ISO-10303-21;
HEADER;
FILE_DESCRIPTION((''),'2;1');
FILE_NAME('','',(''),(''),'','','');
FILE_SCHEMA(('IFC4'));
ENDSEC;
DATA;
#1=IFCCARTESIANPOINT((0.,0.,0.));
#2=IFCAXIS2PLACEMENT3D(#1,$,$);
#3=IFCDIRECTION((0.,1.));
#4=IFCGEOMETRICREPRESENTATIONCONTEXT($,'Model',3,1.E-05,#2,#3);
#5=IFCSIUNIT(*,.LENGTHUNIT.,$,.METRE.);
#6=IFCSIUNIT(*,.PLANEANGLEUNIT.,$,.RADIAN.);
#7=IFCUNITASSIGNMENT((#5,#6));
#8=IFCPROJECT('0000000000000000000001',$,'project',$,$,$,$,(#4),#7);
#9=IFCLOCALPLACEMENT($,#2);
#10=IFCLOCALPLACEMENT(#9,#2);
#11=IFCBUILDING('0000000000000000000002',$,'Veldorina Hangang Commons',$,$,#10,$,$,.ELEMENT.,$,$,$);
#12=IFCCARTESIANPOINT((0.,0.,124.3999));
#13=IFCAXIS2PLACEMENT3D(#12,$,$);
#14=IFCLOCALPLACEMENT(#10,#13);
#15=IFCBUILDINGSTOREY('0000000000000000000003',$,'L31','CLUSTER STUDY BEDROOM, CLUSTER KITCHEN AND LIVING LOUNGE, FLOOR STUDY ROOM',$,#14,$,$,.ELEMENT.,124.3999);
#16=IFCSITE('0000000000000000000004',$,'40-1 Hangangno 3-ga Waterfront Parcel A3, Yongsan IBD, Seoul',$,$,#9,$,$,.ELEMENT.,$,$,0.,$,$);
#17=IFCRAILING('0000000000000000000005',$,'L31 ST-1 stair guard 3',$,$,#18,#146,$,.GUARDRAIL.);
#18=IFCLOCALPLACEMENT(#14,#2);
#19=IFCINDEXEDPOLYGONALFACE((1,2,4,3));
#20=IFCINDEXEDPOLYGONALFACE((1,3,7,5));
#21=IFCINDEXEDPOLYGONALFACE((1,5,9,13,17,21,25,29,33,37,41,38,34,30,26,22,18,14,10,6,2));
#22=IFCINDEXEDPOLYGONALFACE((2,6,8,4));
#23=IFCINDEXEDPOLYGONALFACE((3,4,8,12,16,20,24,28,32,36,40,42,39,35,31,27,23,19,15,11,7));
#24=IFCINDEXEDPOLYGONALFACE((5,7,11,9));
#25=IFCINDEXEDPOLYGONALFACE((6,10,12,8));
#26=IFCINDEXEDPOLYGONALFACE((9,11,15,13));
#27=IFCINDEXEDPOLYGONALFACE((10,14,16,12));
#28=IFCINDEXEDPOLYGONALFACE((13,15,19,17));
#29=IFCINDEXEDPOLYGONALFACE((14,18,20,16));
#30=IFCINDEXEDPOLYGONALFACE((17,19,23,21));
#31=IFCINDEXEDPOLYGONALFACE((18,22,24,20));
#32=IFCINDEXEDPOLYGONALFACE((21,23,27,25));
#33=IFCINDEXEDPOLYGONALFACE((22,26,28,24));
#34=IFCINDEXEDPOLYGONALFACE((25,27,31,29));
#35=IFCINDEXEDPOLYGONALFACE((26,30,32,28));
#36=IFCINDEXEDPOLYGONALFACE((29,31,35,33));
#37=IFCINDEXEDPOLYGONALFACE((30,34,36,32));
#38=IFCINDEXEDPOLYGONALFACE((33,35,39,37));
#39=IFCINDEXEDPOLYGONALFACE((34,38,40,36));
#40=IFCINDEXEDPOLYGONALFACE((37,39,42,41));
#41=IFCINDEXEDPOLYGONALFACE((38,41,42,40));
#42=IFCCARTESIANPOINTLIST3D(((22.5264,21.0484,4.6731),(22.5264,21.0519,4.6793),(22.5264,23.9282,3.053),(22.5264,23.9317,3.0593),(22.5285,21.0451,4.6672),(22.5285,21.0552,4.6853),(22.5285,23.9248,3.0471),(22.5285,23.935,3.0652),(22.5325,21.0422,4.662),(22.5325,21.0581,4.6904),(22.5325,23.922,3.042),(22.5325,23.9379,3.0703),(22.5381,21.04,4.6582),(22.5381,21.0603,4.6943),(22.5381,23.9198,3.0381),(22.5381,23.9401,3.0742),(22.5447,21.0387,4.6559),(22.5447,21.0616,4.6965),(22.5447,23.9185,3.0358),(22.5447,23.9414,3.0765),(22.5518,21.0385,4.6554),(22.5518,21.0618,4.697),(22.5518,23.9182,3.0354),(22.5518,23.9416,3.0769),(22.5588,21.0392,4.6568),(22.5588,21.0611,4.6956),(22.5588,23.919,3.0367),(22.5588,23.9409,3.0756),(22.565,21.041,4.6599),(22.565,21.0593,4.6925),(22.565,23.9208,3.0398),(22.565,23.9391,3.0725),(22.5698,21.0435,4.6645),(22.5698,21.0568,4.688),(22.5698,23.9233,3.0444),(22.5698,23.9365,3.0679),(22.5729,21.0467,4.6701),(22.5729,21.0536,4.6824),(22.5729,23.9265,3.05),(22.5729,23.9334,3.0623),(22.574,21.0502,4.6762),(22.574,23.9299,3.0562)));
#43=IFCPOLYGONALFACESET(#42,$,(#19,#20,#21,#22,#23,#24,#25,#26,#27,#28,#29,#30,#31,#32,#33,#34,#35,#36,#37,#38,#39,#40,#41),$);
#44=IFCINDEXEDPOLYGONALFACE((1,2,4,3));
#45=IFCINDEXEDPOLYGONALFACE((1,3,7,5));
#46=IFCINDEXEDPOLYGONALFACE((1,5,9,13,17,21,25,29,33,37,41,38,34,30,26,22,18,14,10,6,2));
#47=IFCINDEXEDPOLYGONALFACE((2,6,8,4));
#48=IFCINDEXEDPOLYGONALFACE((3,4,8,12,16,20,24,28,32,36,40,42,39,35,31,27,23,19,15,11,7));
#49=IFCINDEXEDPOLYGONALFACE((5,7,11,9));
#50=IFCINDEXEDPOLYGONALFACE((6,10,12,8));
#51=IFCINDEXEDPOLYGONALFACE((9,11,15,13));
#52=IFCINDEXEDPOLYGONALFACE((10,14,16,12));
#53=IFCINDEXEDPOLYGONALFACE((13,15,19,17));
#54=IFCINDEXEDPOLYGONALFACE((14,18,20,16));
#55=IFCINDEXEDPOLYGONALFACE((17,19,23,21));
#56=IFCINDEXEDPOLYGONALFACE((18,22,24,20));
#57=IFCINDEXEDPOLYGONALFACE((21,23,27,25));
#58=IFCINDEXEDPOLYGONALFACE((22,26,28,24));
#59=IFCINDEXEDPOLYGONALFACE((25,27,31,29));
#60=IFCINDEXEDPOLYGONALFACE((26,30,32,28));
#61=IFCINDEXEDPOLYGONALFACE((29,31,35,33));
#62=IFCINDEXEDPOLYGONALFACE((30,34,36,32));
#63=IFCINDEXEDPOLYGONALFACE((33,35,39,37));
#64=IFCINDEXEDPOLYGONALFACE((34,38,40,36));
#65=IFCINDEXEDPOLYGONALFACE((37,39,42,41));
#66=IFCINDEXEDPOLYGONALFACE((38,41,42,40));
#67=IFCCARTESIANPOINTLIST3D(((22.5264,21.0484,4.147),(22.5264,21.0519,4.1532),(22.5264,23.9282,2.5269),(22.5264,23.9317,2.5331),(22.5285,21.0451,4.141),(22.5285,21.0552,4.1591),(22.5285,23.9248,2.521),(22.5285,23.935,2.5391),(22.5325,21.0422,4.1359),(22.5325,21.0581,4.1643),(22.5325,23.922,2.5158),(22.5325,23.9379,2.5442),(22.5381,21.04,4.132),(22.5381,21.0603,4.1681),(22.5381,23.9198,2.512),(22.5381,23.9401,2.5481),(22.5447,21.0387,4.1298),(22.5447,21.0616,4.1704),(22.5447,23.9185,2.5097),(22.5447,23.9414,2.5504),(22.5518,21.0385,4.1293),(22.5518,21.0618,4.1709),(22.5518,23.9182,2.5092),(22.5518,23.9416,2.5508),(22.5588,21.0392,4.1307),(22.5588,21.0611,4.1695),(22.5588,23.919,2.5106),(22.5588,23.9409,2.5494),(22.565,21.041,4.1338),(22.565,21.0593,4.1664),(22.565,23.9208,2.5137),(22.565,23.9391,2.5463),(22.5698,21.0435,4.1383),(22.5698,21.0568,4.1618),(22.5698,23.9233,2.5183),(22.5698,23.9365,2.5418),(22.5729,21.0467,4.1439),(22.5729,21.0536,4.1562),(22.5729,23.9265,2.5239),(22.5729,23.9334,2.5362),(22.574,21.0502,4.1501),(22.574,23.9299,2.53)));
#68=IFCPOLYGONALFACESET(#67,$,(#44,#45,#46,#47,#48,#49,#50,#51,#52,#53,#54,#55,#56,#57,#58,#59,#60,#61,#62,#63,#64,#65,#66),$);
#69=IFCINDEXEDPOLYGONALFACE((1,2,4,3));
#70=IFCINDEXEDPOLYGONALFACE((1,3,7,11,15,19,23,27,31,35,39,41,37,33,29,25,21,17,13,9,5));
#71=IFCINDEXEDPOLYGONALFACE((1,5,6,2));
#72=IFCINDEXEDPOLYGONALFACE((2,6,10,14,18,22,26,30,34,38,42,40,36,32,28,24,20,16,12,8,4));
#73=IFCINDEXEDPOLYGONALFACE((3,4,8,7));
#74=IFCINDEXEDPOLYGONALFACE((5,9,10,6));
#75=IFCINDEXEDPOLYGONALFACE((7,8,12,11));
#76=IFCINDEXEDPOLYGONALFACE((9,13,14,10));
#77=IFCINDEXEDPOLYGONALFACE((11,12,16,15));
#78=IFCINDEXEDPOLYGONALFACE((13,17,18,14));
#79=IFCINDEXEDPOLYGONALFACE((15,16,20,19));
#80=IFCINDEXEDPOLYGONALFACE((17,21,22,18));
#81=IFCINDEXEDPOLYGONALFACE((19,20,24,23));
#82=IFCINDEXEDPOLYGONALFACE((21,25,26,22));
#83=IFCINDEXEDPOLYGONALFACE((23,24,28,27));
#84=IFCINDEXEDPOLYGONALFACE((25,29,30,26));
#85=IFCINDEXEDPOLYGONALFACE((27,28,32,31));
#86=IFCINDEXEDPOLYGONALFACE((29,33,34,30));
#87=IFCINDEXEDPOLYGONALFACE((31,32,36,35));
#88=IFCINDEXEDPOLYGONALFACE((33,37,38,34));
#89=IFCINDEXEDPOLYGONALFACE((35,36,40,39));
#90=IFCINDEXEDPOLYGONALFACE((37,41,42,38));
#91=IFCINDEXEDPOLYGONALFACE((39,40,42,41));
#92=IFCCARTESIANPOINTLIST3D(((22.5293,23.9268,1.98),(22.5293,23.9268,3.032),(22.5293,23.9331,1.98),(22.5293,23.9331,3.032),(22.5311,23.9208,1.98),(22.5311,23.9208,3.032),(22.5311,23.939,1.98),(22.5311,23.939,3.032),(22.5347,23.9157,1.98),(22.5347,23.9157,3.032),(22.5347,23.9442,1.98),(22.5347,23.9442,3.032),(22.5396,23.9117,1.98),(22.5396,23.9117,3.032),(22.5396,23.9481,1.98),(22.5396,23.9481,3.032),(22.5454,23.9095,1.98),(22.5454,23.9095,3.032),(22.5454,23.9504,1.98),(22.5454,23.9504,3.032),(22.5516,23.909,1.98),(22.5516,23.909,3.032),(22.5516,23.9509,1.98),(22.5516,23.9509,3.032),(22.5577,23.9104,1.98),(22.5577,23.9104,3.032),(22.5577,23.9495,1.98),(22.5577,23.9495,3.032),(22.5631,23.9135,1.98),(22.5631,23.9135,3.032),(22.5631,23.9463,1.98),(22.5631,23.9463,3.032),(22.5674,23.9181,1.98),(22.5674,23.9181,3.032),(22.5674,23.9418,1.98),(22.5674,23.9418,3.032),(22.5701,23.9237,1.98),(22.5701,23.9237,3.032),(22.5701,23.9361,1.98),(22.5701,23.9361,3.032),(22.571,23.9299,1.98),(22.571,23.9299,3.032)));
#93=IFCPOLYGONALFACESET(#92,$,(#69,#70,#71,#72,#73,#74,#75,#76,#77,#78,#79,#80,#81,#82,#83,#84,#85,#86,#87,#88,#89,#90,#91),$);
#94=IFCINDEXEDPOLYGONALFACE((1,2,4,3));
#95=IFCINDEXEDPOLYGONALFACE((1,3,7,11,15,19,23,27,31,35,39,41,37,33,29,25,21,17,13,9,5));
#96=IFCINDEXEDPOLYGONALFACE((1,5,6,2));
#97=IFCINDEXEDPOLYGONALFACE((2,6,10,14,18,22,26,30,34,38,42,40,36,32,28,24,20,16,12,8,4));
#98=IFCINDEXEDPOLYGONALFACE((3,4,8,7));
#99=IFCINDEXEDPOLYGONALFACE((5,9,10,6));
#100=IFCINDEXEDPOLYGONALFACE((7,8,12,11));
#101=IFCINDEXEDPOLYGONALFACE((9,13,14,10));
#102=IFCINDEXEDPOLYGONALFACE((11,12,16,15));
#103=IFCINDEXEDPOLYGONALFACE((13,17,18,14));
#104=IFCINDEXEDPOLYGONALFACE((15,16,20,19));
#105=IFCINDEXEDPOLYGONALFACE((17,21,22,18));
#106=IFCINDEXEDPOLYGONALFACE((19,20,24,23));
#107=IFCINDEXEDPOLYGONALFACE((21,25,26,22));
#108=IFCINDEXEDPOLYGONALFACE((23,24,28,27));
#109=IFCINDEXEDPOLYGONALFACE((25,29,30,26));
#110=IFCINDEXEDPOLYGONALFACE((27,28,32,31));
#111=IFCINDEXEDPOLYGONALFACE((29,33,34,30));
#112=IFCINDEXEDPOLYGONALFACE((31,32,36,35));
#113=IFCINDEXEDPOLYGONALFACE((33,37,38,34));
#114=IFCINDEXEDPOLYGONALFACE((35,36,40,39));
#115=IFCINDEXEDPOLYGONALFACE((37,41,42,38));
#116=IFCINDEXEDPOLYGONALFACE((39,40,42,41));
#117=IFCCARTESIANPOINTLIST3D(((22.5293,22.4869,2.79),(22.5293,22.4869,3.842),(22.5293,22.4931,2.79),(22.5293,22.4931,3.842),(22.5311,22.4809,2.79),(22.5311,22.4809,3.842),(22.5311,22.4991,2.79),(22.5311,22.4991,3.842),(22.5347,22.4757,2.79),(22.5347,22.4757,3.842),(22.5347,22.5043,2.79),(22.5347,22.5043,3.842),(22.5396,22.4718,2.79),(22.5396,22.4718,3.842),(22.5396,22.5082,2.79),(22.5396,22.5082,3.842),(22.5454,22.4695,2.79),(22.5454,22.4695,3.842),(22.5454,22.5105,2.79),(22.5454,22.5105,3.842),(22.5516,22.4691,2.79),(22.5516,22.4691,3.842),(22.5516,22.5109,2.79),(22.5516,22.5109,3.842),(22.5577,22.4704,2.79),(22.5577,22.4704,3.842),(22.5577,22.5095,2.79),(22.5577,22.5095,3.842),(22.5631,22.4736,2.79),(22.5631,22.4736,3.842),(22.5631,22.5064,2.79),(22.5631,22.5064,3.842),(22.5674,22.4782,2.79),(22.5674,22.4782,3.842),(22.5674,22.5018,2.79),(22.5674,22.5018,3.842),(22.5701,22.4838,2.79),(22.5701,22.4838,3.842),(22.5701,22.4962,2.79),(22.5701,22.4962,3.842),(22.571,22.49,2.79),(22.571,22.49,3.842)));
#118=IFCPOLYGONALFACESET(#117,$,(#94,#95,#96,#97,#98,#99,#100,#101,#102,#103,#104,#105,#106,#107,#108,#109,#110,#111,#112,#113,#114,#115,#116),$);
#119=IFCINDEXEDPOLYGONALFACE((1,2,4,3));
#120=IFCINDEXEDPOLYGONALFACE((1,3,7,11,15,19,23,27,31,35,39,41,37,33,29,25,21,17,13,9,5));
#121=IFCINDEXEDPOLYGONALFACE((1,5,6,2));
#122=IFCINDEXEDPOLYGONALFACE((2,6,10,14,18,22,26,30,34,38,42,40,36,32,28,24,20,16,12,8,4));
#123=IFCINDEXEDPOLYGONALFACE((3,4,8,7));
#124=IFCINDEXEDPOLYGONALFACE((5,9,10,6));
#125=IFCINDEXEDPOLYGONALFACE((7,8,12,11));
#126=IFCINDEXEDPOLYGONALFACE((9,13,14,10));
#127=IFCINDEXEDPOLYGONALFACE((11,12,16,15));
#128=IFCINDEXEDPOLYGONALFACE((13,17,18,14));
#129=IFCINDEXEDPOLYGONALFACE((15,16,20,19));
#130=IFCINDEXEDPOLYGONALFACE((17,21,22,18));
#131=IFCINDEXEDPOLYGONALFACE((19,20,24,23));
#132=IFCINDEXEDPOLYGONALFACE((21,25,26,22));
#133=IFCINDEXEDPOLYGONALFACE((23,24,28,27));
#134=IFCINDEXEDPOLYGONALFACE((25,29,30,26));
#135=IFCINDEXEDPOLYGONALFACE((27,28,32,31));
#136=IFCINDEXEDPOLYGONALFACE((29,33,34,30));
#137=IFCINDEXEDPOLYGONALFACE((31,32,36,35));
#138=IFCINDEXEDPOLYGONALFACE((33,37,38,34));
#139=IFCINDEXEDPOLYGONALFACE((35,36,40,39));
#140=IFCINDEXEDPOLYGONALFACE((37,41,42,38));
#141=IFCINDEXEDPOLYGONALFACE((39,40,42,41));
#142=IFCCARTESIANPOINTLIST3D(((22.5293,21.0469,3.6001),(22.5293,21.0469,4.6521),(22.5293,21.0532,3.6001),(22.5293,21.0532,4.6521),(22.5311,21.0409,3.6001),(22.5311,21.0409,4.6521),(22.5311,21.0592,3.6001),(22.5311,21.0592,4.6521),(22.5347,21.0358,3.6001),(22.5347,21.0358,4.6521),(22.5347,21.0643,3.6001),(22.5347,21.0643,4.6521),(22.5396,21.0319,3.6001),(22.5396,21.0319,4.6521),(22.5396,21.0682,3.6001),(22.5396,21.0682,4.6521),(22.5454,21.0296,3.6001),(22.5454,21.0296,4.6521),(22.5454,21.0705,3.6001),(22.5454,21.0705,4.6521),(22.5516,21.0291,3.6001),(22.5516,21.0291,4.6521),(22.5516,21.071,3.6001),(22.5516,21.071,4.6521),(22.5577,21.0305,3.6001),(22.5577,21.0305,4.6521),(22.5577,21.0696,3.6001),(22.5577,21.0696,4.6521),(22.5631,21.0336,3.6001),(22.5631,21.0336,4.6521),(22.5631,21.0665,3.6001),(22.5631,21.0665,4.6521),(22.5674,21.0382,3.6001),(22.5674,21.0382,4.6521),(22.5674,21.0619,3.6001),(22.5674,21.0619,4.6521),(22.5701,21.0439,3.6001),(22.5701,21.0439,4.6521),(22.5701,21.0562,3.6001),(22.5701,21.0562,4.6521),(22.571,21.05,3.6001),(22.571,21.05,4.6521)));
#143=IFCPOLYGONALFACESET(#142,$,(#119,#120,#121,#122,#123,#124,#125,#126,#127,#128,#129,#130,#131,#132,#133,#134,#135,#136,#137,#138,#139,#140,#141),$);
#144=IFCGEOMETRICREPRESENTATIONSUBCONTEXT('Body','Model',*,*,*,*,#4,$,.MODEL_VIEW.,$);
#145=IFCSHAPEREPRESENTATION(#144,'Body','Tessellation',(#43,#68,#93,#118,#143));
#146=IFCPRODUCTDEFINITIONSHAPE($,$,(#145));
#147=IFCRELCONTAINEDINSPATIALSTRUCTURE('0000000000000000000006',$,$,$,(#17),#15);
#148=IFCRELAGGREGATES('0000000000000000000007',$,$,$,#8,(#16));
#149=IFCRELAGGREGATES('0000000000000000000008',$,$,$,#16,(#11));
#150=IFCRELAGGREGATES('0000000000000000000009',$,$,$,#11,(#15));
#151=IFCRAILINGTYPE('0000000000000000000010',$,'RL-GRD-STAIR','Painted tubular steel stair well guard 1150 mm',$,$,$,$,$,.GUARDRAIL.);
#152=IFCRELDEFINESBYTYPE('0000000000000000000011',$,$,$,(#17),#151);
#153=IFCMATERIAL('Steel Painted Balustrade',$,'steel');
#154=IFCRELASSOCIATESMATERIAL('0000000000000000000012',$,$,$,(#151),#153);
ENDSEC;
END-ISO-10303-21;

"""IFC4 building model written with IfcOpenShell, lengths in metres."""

from ifc_helpers import new_model, si_unit, direction, frame, origin, origin_2d, place, context, subcontext, project, spatial, circle, extrude, material, type_object, element, save


model = new_model("IFC4")

# Units and contexts
model_context = context("Model", 3, precision=1e-05, world=origin(), true_north=direction((0.0, 1.0)))
body_context = subcontext(model_context, "Body", "Model", "MODEL_VIEW")
ifc_project = project(units=[si_unit("LENGTHUNIT", "METRE"), si_unit("PLANEANGLEUNIT", "RADIAN")], contexts=[model_context])

# Site, building, storey
site_placement = place(None, origin())
site = spatial("IfcSite", under=ifc_project, at=site_placement, Name="40-1 Hangangno 3-ga Waterfront Parcel A3, Yongsan IBD, Seoul", CompositionType="ELEMENT", RefElevation=0.0)
building_placement = place(site_placement, origin())
building = spatial("IfcBuilding", under=site, at=building_placement, Name="Veldorina Hangang Commons", CompositionType="ELEMENT")
storey_placement = place(building_placement, frame((0.0, 0.0, 124.3999)))
storey = spatial("IfcBuildingStorey", under=building, at=storey_placement, Name="L31", Description="CLUSTER STUDY BEDROOM, CLUSTER KITCHEN AND LIVING LOUNGE, FLOOR STUDY ROOM", CompositionType="ELEMENT", Elevation=124.3999)

# Railing
ifc_material_1 = material(Name="Steel Painted Balustrade", Category="steel")
railing_type_1 = type_object("IfcRailingType", Name="RL-GRD-STAIR", Description="Painted tubular steel stair well guard 1150 mm", PredefinedType="GUARDRAIL", material=ifc_material_1)
railing_1_placement = place(storey_placement, frame((22.55, 23.9299, 1.98)))
element("IfcRailing", 1, at=railing_1_placement, inside=storey, type_object=railing_type_1, Name="L31 ST-1 stair guard 3", PredefinedType="GUARDRAIL", context=body_context, shape_type="SweptSolid", body=[
    extrude(circle(Radius=0.0239, at=origin_2d()), frame((0.0, 0.0, 1.0762), z_axis=(0.0, -0.871552, 0.490303), x_axis=(1.0, 0.0, 0.0)), (0.0, 0.0, 1.0), 3.3042),
    extrude(circle(Radius=0.0239, at=origin_2d()), frame((0.0, 0.0, 0.55), z_axis=(0.0, -0.871552, 0.490303), x_axis=(1.0, 0.0, 0.0)), (0.0, 0.0, 1.0), 3.3042),
    extrude(circle(Radius=0.021, at=origin_2d()), origin(), (0.0, 0.0, 1.0), 1.052),
    extrude(circle(Radius=0.021, at=origin_2d()), frame((0.0, -1.4399, 0.8101)), (0.0, 0.0, 1.0), 1.052),
    extrude(circle(Radius=0.021, at=origin_2d()), frame((0.0, -2.8799, 1.6201)), (0.0, 0.0, 1.0), 1.052),
])

save(model, "model.ifc")
